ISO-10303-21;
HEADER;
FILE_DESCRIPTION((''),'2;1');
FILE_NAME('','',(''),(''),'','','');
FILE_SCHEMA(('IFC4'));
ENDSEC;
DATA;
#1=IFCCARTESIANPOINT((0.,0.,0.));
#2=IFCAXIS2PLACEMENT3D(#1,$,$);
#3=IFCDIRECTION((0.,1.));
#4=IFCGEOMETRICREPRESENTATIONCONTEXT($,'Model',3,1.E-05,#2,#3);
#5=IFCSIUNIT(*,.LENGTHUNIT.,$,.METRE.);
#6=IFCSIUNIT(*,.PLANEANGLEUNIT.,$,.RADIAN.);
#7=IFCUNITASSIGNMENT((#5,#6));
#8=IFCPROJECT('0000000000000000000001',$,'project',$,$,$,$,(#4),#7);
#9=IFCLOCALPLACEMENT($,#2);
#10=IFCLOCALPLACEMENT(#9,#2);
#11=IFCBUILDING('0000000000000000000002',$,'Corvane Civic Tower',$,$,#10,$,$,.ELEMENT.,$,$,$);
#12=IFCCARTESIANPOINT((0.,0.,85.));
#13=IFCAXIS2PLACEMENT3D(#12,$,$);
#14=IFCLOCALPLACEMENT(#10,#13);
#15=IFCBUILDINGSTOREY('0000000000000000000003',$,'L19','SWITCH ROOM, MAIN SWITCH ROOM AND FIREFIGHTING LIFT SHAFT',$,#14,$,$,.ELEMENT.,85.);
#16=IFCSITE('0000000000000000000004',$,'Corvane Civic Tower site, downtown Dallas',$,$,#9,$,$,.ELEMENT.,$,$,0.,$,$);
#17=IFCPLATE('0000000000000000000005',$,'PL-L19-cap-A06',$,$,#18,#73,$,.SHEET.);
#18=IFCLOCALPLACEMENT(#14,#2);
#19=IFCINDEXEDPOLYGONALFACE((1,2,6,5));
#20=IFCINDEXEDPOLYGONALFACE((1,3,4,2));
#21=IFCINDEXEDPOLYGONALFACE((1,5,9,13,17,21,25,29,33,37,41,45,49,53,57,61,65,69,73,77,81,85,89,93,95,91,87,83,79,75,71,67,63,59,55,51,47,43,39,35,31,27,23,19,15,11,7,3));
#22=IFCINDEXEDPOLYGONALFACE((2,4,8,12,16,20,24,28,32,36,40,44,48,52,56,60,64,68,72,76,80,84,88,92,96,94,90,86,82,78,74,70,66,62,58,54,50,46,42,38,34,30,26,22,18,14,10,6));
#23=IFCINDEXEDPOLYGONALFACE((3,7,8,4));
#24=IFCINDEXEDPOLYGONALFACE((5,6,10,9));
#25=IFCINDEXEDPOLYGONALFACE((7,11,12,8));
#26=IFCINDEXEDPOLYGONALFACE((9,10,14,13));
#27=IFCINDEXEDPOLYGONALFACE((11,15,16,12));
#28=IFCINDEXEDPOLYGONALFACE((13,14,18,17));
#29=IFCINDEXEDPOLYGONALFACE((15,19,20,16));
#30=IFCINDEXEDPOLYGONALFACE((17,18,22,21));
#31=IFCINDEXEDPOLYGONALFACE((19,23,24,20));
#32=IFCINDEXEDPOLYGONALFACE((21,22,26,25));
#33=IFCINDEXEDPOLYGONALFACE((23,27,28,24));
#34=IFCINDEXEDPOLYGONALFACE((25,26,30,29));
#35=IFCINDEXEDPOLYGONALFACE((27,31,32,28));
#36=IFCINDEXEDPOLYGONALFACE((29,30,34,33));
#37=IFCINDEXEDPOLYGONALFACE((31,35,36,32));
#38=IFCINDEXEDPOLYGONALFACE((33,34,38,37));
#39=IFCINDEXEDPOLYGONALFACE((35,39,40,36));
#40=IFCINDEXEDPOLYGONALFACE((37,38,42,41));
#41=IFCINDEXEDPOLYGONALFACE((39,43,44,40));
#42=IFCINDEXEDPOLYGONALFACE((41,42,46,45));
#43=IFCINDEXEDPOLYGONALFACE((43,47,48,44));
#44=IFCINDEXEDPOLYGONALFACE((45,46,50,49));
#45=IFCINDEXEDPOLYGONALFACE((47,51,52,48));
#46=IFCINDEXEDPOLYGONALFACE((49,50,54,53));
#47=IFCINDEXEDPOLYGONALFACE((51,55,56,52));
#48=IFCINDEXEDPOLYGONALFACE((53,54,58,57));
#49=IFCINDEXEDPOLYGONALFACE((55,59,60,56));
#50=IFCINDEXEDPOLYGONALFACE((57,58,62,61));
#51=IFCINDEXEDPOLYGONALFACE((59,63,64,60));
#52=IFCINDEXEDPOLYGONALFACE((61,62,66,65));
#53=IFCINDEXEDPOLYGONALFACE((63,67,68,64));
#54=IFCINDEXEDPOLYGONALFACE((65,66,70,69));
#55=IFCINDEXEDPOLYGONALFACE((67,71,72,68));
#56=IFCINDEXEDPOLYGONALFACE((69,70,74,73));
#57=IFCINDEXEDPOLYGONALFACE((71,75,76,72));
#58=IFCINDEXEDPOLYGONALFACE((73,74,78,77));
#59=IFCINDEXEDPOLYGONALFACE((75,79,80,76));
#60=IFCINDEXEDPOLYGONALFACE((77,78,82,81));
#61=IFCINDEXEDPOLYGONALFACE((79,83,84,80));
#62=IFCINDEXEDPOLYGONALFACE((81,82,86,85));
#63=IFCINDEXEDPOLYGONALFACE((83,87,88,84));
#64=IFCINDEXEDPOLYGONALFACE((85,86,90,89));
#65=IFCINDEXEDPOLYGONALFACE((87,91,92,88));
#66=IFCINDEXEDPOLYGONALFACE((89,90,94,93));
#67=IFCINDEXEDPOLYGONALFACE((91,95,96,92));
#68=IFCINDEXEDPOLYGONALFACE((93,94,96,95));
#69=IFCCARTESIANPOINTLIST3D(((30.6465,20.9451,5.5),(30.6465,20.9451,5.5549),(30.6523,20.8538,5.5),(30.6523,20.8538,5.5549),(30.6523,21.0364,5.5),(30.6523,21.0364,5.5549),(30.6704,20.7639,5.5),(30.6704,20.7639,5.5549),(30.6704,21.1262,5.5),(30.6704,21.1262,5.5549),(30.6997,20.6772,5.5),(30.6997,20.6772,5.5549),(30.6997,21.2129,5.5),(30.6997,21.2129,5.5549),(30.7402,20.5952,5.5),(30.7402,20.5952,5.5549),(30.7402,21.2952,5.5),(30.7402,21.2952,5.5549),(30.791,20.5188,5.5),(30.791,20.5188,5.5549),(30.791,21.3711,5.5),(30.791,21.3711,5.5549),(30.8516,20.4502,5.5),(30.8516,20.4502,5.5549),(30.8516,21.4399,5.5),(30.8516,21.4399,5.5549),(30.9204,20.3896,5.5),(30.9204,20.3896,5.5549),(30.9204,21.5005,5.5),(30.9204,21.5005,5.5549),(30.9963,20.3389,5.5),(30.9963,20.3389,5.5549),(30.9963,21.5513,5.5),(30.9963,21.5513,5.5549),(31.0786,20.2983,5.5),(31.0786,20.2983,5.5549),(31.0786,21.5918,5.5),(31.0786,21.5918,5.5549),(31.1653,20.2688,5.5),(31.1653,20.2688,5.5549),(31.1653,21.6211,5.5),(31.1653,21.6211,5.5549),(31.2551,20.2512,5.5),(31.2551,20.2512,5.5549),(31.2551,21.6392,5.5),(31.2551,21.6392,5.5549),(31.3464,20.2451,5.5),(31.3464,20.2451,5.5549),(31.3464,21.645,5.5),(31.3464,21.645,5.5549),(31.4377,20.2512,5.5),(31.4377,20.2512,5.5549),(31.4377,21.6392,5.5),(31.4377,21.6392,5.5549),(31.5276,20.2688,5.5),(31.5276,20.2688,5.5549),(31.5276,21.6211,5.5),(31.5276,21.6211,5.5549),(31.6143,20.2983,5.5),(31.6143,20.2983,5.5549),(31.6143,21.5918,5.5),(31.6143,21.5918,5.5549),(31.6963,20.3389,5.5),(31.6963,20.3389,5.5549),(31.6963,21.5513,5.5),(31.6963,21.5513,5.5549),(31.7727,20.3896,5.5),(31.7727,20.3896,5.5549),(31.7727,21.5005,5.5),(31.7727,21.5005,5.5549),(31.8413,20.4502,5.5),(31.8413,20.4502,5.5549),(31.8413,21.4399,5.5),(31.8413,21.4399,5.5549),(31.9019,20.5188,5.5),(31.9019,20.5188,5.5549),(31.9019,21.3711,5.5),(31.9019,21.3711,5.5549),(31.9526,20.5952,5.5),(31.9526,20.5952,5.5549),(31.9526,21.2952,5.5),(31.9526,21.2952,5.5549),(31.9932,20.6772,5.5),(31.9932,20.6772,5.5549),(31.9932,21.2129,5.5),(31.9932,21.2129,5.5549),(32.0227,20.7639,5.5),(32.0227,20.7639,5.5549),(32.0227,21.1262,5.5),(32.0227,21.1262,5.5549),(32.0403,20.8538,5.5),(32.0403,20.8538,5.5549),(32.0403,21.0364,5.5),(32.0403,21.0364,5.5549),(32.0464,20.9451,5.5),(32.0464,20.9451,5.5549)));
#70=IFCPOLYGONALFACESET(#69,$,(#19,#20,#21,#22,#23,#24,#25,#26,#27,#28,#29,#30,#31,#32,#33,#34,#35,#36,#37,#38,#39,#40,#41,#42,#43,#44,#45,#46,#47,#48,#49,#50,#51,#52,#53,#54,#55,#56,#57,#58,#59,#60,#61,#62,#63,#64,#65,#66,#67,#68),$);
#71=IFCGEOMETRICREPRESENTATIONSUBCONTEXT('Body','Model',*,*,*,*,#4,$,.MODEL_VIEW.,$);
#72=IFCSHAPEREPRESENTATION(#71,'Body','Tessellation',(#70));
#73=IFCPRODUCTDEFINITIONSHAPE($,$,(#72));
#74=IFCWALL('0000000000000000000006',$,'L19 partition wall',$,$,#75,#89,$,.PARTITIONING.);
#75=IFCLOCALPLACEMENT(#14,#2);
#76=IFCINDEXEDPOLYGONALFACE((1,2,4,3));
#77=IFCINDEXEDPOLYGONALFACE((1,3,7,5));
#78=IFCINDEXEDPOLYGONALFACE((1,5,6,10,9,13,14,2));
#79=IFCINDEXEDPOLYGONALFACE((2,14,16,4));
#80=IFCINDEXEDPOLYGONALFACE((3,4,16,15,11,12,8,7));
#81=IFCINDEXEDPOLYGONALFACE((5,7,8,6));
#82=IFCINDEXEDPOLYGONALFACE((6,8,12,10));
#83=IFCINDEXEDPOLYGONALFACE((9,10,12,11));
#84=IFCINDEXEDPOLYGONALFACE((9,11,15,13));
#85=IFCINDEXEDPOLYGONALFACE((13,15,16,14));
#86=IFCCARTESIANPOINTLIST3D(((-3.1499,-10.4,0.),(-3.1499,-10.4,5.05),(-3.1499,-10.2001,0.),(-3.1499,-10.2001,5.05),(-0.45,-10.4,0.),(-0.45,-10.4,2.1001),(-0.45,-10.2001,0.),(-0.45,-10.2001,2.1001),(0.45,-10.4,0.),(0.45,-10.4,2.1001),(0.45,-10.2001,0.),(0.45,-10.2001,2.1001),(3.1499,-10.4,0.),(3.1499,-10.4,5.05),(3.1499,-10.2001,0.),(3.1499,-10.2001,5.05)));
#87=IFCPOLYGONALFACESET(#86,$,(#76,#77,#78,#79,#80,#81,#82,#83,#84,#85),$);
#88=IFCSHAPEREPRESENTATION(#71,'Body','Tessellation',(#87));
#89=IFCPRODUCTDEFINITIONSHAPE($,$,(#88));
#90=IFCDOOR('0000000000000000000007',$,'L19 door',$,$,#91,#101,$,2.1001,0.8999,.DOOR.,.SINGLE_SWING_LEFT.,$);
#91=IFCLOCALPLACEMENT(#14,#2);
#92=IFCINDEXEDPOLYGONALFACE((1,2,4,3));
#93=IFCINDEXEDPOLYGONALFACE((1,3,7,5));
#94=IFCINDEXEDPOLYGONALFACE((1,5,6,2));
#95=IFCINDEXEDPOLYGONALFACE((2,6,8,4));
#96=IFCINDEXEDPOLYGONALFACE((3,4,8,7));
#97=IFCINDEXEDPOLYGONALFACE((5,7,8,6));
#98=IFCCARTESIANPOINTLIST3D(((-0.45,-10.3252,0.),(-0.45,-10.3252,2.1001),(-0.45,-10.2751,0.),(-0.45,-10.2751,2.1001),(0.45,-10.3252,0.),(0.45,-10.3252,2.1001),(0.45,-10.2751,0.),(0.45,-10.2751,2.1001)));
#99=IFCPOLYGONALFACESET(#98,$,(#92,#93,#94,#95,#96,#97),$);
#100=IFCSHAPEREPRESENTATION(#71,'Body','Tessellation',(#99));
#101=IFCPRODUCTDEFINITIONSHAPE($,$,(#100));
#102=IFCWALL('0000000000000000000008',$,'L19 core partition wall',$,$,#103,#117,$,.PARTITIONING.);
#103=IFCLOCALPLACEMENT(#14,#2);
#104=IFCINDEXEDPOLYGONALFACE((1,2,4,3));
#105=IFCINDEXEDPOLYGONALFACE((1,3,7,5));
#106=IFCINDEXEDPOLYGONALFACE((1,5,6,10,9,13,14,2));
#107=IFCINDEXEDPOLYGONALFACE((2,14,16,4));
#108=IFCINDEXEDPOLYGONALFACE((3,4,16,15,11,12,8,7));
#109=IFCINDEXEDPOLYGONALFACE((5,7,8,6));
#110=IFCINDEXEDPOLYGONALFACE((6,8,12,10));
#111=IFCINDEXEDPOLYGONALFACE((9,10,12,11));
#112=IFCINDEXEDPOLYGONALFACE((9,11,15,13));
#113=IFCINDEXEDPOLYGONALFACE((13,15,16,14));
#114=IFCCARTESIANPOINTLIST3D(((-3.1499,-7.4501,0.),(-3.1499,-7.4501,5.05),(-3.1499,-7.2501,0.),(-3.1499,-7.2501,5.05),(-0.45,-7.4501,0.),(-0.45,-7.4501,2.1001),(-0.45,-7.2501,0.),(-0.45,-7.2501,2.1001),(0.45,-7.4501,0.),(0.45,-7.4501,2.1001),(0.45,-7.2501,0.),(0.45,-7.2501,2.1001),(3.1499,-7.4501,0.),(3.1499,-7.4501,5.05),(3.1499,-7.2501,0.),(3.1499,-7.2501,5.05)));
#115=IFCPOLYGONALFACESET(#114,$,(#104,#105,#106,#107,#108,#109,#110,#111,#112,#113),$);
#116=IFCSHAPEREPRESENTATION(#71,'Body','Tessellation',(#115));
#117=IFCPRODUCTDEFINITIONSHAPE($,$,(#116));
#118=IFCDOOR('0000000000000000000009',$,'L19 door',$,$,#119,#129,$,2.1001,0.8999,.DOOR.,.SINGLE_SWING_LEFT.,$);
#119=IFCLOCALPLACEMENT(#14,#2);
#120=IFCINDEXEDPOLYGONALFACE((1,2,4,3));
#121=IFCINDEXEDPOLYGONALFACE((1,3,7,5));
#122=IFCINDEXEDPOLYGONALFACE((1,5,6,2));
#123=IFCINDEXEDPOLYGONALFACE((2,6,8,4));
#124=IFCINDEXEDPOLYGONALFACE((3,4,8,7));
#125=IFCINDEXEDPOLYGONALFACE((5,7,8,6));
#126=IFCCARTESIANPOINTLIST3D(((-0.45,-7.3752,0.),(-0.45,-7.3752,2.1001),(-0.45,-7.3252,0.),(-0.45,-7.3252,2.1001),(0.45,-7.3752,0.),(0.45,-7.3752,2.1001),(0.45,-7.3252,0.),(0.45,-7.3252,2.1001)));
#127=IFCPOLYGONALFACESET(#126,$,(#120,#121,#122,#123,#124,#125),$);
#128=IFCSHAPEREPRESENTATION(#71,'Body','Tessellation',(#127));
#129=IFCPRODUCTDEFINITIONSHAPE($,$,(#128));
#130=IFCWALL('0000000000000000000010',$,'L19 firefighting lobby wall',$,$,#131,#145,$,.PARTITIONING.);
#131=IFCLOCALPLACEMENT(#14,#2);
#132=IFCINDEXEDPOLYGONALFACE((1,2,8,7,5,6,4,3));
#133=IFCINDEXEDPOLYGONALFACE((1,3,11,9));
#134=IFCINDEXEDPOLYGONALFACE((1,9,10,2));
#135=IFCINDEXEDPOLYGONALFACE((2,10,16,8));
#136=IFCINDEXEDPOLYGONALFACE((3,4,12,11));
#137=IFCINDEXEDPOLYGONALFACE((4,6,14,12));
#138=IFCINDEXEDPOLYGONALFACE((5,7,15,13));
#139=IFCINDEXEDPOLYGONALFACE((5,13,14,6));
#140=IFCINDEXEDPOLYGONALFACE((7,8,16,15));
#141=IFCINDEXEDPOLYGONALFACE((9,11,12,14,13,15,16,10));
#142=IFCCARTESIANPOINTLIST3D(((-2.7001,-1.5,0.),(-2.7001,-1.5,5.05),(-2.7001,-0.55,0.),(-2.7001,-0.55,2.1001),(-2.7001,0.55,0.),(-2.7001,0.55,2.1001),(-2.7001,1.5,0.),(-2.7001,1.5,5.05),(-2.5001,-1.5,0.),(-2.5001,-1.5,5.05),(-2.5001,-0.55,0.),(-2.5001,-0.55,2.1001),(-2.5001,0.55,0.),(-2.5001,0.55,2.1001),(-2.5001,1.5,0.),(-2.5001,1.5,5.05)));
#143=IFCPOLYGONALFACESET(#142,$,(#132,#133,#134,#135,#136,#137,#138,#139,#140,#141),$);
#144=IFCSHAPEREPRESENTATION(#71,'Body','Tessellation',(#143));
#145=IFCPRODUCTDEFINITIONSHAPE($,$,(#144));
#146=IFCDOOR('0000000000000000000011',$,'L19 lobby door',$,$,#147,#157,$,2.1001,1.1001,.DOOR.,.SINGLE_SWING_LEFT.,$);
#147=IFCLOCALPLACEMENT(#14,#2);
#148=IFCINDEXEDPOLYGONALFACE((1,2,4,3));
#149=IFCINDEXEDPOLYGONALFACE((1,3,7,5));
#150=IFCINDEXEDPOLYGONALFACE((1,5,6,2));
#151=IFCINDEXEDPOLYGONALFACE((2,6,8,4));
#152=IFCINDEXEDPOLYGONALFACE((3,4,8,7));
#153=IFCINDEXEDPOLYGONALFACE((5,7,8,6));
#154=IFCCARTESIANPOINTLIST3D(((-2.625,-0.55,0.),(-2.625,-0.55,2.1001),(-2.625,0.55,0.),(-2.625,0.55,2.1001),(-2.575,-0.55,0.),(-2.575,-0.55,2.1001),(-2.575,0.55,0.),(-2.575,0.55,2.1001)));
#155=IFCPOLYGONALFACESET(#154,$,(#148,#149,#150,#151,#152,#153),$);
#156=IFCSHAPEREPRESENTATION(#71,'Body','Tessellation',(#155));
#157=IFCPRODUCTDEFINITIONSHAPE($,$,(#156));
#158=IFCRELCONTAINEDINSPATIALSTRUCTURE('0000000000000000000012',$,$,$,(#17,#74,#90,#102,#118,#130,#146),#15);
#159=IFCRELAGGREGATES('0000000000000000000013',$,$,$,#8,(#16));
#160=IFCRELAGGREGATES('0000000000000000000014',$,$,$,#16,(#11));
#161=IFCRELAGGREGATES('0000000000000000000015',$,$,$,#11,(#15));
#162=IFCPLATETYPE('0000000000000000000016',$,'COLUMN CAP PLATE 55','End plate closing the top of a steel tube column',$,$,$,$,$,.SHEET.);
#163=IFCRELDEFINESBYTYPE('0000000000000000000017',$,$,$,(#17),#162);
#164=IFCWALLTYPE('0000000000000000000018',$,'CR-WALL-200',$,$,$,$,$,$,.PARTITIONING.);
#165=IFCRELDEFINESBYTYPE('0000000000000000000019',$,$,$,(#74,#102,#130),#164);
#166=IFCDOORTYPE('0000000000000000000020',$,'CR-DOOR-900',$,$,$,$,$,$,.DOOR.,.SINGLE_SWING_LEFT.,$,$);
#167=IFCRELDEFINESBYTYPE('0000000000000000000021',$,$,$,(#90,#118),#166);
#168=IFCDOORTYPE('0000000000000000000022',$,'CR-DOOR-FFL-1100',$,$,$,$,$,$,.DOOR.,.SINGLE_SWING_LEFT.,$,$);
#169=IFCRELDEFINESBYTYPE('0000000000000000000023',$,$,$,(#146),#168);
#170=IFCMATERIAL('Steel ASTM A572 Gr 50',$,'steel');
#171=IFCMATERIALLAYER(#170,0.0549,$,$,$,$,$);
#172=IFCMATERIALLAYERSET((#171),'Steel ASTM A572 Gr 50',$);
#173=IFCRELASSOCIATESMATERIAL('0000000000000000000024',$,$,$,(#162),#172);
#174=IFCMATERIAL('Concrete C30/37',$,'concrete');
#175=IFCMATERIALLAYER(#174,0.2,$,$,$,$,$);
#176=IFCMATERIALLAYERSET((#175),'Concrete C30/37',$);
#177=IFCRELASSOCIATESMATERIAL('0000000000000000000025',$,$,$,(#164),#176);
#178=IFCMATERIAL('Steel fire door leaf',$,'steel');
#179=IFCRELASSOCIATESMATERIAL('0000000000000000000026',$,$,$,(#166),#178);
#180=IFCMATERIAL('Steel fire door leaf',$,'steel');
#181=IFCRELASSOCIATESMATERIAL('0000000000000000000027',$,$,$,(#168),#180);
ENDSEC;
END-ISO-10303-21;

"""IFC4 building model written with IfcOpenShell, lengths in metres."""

from ifc_helpers import new_model, si_unit, direction, frame, frame_2d, origin, place, context, subcontext, project, spatial, polyline, rectangle, outline, extrude, material, layer, layer_set, type_object, element, fill, save


model = new_model("IFC4")

# Units and contexts
model_context = context("Model", 3, precision=1e-05, world=origin(), true_north=direction((0.0, 1.0)))
body_context = subcontext(model_context, "Body", "Model", "MODEL_VIEW")
ifc_project = project(units=[si_unit("LENGTHUNIT", "METRE"), si_unit("PLANEANGLEUNIT", "RADIAN")], contexts=[model_context])

# Site, building, storey
site_placement = place(None, origin())
site = spatial("IfcSite", under=ifc_project, at=site_placement, Name="Corvane Civic Tower site, downtown Dallas", CompositionType="ELEMENT", RefElevation=0.0)
building_placement = place(site_placement, origin())
building = spatial("IfcBuilding", under=site, at=building_placement, Name="Corvane Civic Tower", CompositionType="ELEMENT")
storey_placement = place(building_placement, frame((0.0, 0.0, 85.0)))
storey = spatial("IfcBuildingStorey", under=building, at=storey_placement, Name="L19", Description="SWITCH ROOM, MAIN SWITCH ROOM AND FIREFIGHTING LIFT SHAFT", CompositionType="ELEMENT", Elevation=85.0)

# Plate
ifc_material_1 = material(Name="Steel ASTM A572 Gr 50", Category="steel")
ifc_layer_1 = layer(ifc_material_1, 0.0549)
ifc_layer_set_1 = layer_set([ifc_layer_1], Name="Steel ASTM A572 Gr 50")
plate_type = type_object("IfcPlateType", Name="COLUMN CAP PLATE 55", Description="End plate closing the top of a steel tube column", PredefinedType="SHEET", material=ifc_layer_set_1)
plate_1_placement = place(storey_placement, frame((0.0, 0.0, 5.5)))
element("IfcPlate", 1, at=plate_1_placement, inside=storey, type_object=plate_type, Name="PL-L19-cap-A06", PredefinedType="SHEET", context=body_context, shape_type="SweptSolid", body=[
    extrude(outline(polyline([(32.0464, 20.9451), (32.0403, 21.0364), (32.0227, 21.1262), (31.9932, 21.2129), (31.9526, 21.2952), (31.9019, 21.3711), (31.8413, 21.4399), (31.7727, 21.5005), (31.6963, 21.5513), (31.6143, 21.5918), (31.5276, 21.6211), (31.4377, 21.6392), (31.3464, 21.645), (31.2551, 21.6392), (31.1653, 21.6211), (31.0786, 21.5918), (30.9963, 21.5513), (30.9204, 21.5005), (30.8516, 21.4399), (30.791, 21.3711), (30.7402, 21.2952), (30.6997, 21.2129), (30.6704, 21.1262), (30.6523, 21.0364), (30.6465, 20.9451), (30.6523, 20.8538), (30.6704, 20.7639), (30.6997, 20.6772), (30.7402, 20.5952), (30.791, 20.5188), (30.8516, 20.4502), (30.9204, 20.3896), (30.9963, 20.3389), (31.0786, 20.2983), (31.1653, 20.2688), (31.2551, 20.2512), (31.3464, 20.2451), (31.4377, 20.2512), (31.5276, 20.2688), (31.6143, 20.2983), (31.6963, 20.3389), (31.7727, 20.3896), (31.8413, 20.4502), (31.9019, 20.5188), (31.9526, 20.5952), (31.9932, 20.6772), (32.0227, 20.7639), (32.0403, 20.8538), (32.0464, 20.9451)])), origin(), (0.0, 0.0, 1.0), 0.0549),
])

# Walls, openings, doors
ifc_material_2 = material(Name="Concrete C30/37", Category="concrete")
ifc_layer_2 = layer(ifc_material_2, 0.2)
ifc_layer_set_2 = layer_set([ifc_layer_2], Name="Concrete C30/37")
wall_type_1 = type_object("IfcWallType", Name="CR-WALL-200", PredefinedType="PARTITIONING", material=ifc_layer_set_2)
wall_1_placement = place(storey_placement, frame((-3.1499, -10.3, 0.0), z_axis=(0.0, 0.0, 1.0), x_axis=(1.0, 0.0, 0.0)))
wall_1 = element("IfcWall", 2, at=wall_1_placement, inside=storey, type_object=wall_type_1, Name="L19 partition wall", PredefinedType="PARTITIONING", context=body_context, shape_type="SweptSolid", body=[
    extrude(rectangle(XDim=6.2998, YDim=0.2, at=frame_2d((3.1499, 0.0))), origin(), (0.0, 0.0, 1.0), 5.05),
])
opening_1_placement = place(wall_1_placement, frame((2.7, 0.0, 0.0)))
opening_1 = element("IfcOpeningElement", 3, at=opening_1_placement, cuts=wall_1, PredefinedType="OPENING", context=body_context, shape_type="SweptSolid", body=[
    extrude(rectangle(XDim=0.8999, YDim=2.1001, at=frame_2d((0.45, 1.05))), frame((0.0, 0.1099, 0.0), z_axis=(0.0, -1.0, 0.0), x_axis=(1.0, 0.0, 0.0)), (0.0, 0.0, 1.0), 0.22),
])
ifc_material_3 = material(Name="Steel fire door leaf", Category="steel")
door_type_1 = type_object("IfcDoorType", Name="CR-DOOR-900", OperationType="SINGLE_SWING_LEFT", PredefinedType="DOOR", material=ifc_material_3)
door_1_placement = place(opening_1_placement, origin())
door_1 = element("IfcDoor", 4, at=door_1_placement, inside=storey, type_object=door_type_1, Name="L19 door", OperationType="SINGLE_SWING_LEFT", OverallHeight=2.1001, OverallWidth=0.8999, PredefinedType="DOOR", context=body_context, shape_type="SweptSolid", body=[
    extrude(rectangle(XDim=0.8999, YDim=2.1001, at=frame_2d((0.45, 1.05))), frame((0.0, 0.0249, 0.0), z_axis=(0.0, -1.0, 0.0), x_axis=(1.0, 0.0, 0.0)), (0.0, 0.0, 1.0), 0.05),
])
fill(opening_1, door_1)
wall_2_placement = place(storey_placement, frame((-3.1499, -7.3501, 0.0), z_axis=(0.0, 0.0, 1.0), x_axis=(1.0, 0.0, 0.0)))
wall_2 = element("IfcWall", 5, at=wall_2_placement, inside=storey, type_object=wall_type_1, Name="L19 core partition wall", PredefinedType="PARTITIONING", context=body_context, shape_type="SweptSolid", body=[
    extrude(rectangle(XDim=6.2998, YDim=0.2, at=frame_2d((3.1499, 0.0))), origin(), (0.0, 0.0, 1.0), 5.05),
])
opening_2_placement = place(wall_2_placement, frame((2.7, 0.0, 0.0)))
opening_2 = element("IfcOpeningElement", 6, at=opening_2_placement, cuts=wall_2, PredefinedType="OPENING", context=body_context, shape_type="SweptSolid", body=[
    extrude(rectangle(XDim=0.8999, YDim=2.1001, at=frame_2d((0.45, 1.05))), frame((0.0, 0.1099, 0.0), z_axis=(0.0, -1.0, 0.0), x_axis=(1.0, 0.0, 0.0)), (0.0, 0.0, 1.0), 0.22),
])
door_2_placement = place(opening_2_placement, origin())
door_2 = element("IfcDoor", 7, at=door_2_placement, inside=storey, type_object=door_type_1, Name="L19 door", OperationType="SINGLE_SWING_LEFT", OverallHeight=2.1001, OverallWidth=0.8999, PredefinedType="DOOR", context=body_context, shape_type="SweptSolid", body=[
    extrude(rectangle(XDim=0.8999, YDim=2.1001, at=frame_2d((0.45, 1.05))), frame((0.0, 0.0249, 0.0), z_axis=(0.0, -1.0, 0.0), x_axis=(1.0, 0.0, 0.0)), (0.0, 0.0, 1.0), 0.05),
])
fill(opening_2, door_2)
wall_3_placement = place(storey_placement, frame((-2.6001, -1.5, 0.0), z_axis=(0.0, 0.0, 1.0), x_axis=(0.0, 1.0, 0.0)))
wall_3 = element("IfcWall", 8, at=wall_3_placement, inside=storey, type_object=wall_type_1, Name="L19 firefighting lobby wall", PredefinedType="PARTITIONING", context=body_context, shape_type="SweptSolid", body=[
    extrude(rectangle(XDim=3.0, YDim=0.2, at=frame_2d((1.5, 0.0))), origin(), (0.0, 0.0, 1.0), 5.05),
])
opening_3_placement = place(wall_3_placement, frame((0.95, 0.0, 0.0)))
opening_3 = element("IfcOpeningElement", 9, at=opening_3_placement, cuts=wall_3, PredefinedType="OPENING", context=body_context, shape_type="SweptSolid", body=[
    extrude(rectangle(XDim=1.1001, YDim=2.1001, at=frame_2d((0.55, 1.05))), frame((0.0, 0.1099, 0.0), z_axis=(0.0, -1.0, 0.0), x_axis=(1.0, 0.0, 0.0)), (0.0, 0.0, 1.0), 0.22),
])
ifc_material_4 = material(Name="Steel fire door leaf", Category="steel")
door_type_2 = type_object("IfcDoorType", Name="CR-DOOR-FFL-1100", OperationType="SINGLE_SWING_LEFT", PredefinedType="DOOR", material=ifc_material_4)
door_3_placement = place(opening_3_placement, origin())
door_3 = element("IfcDoor", 10, at=door_3_placement, inside=storey, type_object=door_type_2, Name="L19 lobby door", OperationType="SINGLE_SWING_LEFT", OverallHeight=2.1001, OverallWidth=1.1001, PredefinedType="DOOR", context=body_context, shape_type="SweptSolid", body=[
    extrude(rectangle(XDim=1.1001, YDim=2.1001, at=frame_2d((0.55, 1.05))), frame((0.0, 0.0249, 0.0), z_axis=(0.0, -1.0, 0.0), x_axis=(1.0, 0.0, 0.0)), (0.0, 0.0, 1.0), 0.05),
])
fill(opening_3, door_3)

save(model, "model.ifc")
